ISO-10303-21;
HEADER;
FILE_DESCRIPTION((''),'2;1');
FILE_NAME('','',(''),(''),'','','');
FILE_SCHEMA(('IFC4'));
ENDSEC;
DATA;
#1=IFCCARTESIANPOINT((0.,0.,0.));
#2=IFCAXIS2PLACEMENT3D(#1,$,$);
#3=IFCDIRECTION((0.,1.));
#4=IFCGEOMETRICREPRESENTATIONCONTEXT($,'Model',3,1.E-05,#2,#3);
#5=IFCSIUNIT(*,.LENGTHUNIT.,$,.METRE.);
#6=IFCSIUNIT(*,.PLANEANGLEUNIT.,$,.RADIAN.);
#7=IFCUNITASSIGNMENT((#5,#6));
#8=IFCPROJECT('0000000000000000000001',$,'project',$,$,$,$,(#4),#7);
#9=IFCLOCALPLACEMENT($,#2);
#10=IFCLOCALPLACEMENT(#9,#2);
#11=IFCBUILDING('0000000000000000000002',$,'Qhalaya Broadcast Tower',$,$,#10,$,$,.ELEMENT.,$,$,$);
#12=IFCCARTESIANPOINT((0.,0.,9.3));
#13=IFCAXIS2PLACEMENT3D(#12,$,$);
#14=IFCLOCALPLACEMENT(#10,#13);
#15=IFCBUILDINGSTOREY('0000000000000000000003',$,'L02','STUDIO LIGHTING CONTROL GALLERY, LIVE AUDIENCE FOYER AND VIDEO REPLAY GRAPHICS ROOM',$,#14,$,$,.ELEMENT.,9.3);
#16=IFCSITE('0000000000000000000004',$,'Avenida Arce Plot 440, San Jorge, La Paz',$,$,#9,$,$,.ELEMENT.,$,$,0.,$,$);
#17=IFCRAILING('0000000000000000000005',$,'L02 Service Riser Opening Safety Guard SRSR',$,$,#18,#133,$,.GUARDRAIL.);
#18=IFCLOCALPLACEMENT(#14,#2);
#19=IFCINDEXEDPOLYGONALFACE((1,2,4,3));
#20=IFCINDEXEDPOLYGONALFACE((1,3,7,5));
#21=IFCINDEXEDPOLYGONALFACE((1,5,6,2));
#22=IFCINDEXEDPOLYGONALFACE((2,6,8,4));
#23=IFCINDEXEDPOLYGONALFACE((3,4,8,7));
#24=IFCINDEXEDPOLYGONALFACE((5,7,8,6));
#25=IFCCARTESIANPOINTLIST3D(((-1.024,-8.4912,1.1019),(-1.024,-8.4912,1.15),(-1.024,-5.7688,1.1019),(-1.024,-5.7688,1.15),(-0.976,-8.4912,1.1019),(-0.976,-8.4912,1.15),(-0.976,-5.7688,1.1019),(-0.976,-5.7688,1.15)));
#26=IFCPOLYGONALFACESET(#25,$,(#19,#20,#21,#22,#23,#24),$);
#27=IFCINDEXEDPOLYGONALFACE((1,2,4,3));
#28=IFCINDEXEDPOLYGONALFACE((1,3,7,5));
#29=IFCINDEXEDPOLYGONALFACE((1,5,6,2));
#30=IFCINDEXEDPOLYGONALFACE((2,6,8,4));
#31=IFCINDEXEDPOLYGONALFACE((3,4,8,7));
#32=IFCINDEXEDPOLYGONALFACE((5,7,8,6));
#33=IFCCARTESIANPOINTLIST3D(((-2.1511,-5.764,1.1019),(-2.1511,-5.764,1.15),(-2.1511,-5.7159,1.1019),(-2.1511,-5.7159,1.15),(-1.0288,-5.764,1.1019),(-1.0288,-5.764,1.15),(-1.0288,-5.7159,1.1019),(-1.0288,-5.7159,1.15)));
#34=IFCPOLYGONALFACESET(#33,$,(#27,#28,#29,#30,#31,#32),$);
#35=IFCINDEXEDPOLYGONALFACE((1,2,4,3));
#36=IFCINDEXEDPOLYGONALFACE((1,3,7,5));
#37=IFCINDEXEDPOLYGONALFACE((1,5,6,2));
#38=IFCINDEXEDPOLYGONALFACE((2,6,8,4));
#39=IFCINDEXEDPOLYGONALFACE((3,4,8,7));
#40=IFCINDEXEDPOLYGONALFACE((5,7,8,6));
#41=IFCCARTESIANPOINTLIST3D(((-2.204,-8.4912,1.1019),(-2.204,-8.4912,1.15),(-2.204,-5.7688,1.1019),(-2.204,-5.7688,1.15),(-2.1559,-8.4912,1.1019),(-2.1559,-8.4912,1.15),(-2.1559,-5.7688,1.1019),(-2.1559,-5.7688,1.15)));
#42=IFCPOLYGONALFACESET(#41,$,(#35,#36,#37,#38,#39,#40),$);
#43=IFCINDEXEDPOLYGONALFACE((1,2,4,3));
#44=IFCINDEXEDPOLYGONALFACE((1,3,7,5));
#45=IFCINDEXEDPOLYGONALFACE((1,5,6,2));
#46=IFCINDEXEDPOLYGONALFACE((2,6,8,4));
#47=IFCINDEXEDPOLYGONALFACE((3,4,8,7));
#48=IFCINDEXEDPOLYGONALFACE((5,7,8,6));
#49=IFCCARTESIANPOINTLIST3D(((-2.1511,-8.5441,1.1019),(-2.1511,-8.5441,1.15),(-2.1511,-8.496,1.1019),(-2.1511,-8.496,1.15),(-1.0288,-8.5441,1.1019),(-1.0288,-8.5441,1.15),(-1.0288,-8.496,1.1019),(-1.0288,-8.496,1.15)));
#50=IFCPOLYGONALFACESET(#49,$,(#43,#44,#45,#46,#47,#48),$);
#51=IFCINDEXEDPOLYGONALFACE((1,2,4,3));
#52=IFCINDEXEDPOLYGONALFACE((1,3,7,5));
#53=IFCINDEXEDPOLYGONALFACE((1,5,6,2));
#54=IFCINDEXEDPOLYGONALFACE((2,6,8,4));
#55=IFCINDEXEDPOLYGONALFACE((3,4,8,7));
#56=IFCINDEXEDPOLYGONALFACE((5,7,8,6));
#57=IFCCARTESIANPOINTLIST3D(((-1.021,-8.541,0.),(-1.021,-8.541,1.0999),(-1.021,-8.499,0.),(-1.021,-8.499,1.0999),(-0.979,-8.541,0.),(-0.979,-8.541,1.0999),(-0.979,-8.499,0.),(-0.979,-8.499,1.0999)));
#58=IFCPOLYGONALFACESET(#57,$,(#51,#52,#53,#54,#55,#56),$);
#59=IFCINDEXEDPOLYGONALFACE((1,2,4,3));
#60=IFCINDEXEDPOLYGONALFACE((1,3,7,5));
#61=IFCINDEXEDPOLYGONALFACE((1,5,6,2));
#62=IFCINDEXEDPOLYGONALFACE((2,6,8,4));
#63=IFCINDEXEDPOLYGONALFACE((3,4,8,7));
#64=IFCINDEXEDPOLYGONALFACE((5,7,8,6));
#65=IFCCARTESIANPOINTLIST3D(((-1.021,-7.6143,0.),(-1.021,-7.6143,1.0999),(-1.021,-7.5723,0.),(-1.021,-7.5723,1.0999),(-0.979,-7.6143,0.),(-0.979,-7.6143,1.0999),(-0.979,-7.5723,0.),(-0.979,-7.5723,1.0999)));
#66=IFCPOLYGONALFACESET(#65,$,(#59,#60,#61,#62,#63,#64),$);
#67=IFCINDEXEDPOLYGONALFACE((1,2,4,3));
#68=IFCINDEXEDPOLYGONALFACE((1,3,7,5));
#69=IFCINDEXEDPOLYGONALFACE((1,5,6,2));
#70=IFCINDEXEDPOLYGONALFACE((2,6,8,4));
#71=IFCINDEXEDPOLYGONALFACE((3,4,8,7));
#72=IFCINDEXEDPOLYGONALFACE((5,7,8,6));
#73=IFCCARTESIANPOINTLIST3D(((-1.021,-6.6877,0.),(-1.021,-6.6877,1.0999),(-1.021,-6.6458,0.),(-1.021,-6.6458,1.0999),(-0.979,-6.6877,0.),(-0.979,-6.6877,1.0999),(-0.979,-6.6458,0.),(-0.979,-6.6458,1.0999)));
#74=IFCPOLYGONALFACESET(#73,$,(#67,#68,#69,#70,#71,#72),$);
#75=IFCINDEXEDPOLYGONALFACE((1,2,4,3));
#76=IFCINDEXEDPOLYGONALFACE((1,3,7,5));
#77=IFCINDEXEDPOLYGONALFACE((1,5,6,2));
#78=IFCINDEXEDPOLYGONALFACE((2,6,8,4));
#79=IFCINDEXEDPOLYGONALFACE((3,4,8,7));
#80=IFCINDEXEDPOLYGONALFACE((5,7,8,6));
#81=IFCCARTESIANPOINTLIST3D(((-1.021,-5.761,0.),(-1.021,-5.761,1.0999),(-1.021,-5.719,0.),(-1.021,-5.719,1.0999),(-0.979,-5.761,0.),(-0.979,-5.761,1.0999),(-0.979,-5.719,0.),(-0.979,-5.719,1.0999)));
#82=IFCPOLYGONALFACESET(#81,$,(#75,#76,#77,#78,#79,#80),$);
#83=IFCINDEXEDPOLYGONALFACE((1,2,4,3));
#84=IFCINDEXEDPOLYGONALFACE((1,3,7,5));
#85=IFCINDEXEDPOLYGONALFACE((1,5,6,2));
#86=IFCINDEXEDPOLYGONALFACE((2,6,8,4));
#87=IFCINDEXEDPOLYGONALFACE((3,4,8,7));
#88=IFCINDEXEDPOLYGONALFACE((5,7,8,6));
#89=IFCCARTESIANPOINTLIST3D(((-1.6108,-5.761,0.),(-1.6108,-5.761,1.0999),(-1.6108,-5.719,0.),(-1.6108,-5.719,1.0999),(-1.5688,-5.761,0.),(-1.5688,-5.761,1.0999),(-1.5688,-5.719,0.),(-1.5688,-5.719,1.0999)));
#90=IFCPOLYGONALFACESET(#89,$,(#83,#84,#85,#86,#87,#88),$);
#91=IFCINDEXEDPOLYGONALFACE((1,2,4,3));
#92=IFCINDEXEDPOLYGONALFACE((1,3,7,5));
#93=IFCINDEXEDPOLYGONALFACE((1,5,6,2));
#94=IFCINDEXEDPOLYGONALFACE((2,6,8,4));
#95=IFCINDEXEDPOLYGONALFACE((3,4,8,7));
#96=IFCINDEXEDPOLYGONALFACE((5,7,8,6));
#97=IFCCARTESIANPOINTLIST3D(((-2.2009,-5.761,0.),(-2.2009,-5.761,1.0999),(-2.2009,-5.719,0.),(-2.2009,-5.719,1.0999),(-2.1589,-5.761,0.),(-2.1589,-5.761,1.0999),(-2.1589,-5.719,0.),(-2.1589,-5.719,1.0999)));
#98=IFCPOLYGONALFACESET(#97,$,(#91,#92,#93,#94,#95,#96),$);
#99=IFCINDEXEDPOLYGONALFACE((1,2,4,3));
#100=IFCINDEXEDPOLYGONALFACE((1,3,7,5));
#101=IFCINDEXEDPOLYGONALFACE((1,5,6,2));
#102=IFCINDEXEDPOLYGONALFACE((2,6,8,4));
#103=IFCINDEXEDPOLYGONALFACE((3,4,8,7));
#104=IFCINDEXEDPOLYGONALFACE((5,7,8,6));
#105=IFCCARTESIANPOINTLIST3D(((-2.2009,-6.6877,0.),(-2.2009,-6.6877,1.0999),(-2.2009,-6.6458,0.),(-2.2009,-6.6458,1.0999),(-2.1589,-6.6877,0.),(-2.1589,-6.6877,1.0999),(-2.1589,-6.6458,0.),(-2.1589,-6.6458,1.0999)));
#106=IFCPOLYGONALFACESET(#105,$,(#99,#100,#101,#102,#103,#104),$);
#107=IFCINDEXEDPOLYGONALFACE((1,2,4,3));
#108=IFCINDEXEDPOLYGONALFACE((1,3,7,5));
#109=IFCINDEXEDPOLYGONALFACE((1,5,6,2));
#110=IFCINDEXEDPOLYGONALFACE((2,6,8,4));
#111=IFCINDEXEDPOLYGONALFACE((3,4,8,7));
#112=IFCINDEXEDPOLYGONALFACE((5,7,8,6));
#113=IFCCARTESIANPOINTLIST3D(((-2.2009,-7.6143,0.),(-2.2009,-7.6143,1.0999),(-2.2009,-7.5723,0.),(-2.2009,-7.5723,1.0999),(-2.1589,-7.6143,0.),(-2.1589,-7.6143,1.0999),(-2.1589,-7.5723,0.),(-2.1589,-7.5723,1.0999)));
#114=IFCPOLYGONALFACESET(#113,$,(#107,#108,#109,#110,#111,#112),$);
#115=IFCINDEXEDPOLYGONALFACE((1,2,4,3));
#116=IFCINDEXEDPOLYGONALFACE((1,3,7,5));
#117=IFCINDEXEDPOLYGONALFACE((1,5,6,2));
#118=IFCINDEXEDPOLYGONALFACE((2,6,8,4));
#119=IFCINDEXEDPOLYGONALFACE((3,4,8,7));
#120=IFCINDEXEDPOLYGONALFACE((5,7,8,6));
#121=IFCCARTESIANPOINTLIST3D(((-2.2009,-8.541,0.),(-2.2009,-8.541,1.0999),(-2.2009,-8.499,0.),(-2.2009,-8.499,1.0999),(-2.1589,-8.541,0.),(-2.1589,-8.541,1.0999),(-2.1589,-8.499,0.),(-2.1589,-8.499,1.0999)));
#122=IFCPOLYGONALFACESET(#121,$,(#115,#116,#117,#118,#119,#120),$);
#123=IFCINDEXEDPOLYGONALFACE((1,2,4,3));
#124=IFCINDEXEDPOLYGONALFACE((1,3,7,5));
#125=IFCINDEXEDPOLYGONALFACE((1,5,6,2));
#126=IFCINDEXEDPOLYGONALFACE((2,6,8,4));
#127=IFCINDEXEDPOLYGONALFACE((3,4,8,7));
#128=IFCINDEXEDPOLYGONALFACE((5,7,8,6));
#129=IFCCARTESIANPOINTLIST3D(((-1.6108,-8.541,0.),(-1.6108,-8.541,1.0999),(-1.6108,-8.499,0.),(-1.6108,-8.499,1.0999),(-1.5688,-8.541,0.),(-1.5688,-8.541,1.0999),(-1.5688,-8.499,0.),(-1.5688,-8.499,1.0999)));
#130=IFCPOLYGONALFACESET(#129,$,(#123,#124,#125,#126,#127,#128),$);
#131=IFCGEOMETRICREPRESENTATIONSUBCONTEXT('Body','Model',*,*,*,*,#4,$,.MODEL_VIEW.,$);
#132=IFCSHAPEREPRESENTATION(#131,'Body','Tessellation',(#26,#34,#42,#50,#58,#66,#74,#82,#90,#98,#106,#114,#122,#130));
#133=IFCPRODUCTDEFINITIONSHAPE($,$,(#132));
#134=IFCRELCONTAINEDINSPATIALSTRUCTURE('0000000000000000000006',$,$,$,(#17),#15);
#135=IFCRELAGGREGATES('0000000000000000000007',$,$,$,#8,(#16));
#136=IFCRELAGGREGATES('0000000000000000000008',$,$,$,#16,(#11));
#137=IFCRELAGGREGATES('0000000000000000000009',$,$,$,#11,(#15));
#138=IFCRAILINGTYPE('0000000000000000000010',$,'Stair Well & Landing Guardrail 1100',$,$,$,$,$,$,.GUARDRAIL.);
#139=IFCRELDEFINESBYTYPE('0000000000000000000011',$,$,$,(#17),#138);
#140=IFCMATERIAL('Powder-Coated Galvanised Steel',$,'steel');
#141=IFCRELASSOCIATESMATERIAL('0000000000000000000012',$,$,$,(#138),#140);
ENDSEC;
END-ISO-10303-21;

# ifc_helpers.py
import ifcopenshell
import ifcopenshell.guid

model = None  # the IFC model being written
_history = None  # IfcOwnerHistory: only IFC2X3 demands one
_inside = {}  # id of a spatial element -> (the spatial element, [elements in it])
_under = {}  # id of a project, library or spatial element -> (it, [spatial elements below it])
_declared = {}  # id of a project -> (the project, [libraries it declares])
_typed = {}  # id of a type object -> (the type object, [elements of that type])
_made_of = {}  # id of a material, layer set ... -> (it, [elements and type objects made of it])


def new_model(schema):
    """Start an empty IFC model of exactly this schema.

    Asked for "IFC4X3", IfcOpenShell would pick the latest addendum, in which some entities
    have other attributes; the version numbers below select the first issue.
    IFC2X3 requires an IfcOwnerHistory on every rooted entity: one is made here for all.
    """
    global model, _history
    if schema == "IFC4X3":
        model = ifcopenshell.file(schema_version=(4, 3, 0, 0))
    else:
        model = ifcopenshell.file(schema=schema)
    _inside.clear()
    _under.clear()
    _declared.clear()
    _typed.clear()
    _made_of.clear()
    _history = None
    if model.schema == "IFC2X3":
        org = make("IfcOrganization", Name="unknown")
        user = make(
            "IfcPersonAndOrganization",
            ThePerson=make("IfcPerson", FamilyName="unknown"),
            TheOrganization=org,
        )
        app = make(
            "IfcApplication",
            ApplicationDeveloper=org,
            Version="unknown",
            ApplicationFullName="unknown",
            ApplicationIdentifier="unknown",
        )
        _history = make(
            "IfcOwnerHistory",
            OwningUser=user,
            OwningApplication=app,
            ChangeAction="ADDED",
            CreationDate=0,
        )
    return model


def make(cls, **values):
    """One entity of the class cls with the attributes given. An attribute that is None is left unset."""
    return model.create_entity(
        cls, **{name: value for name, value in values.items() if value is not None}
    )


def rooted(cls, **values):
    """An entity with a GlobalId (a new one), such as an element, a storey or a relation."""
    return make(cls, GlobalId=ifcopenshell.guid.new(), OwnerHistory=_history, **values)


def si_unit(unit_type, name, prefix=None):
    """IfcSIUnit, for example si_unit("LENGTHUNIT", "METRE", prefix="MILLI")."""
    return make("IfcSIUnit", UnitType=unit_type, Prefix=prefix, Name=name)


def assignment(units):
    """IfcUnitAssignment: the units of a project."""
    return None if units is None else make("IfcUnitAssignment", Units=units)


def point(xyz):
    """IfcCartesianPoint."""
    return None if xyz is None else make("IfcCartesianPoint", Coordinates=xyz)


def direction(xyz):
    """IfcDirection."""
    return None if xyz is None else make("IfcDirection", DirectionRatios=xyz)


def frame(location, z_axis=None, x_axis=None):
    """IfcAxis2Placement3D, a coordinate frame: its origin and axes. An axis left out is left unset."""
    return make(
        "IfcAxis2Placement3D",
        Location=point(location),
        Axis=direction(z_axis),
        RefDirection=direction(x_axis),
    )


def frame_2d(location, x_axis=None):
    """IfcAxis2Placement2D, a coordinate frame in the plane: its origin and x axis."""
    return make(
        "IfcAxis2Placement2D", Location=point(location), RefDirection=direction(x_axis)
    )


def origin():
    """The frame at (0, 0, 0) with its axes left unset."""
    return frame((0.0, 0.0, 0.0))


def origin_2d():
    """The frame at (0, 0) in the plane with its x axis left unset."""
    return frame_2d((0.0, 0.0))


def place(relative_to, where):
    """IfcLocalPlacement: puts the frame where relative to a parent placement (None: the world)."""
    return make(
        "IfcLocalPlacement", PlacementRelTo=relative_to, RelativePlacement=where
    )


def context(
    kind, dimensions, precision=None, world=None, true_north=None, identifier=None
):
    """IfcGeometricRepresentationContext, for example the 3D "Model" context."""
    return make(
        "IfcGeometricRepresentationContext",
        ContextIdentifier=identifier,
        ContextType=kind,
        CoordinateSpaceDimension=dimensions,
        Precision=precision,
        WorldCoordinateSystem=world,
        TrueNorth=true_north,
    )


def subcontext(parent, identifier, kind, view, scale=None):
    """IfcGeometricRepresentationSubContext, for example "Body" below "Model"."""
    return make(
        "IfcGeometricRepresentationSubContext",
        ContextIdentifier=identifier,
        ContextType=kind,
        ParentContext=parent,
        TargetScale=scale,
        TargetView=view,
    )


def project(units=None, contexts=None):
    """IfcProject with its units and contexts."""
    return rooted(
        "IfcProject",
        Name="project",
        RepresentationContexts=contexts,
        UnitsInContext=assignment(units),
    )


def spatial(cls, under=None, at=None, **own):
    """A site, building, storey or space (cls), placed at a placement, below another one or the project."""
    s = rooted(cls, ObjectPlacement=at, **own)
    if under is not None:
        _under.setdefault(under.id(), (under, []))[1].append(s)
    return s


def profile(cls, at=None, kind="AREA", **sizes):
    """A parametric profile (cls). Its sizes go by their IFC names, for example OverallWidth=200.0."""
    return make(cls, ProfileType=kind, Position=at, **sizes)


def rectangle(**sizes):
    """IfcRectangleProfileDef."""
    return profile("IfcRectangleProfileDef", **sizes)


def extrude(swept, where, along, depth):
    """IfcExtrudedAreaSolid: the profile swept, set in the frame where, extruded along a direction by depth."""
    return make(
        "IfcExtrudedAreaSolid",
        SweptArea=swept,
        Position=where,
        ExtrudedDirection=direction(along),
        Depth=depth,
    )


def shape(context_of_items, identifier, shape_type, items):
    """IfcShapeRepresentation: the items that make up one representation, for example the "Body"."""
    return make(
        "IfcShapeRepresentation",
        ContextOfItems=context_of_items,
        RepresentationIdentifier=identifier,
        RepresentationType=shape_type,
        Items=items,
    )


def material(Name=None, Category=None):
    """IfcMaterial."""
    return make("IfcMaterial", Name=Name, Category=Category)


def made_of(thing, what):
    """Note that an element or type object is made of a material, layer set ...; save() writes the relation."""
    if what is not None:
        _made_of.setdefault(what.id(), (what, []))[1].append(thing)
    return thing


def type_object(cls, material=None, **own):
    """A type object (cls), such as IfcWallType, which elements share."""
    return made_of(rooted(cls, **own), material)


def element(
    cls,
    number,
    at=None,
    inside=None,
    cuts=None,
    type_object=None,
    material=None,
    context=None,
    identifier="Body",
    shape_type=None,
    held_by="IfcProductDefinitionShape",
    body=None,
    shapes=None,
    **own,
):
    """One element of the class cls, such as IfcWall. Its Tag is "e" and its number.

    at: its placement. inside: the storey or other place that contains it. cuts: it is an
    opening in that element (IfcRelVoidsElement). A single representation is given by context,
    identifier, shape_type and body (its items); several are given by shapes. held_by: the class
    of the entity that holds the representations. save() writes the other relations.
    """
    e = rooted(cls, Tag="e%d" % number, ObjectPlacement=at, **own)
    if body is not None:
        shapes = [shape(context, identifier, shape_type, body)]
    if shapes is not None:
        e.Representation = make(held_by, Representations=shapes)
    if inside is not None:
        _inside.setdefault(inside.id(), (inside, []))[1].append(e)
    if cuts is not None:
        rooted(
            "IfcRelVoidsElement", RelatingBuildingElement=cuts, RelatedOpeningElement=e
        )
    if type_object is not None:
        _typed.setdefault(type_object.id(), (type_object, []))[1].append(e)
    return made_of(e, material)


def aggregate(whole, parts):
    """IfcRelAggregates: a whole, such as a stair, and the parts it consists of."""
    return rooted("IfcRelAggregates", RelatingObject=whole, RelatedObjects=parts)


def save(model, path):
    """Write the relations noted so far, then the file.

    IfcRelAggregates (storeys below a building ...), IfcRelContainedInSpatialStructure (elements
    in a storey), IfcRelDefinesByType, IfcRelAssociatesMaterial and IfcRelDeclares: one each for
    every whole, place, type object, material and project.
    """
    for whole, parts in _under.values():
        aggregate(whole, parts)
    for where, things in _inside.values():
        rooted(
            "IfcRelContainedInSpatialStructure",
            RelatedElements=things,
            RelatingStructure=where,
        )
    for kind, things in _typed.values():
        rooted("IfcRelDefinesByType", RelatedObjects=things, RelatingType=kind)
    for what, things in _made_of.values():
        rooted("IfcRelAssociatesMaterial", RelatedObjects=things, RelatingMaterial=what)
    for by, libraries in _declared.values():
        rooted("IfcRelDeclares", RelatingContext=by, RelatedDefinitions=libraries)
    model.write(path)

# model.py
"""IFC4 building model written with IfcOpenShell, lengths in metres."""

from ifc_helpers import new_model, si_unit, direction, frame, origin, origin_2d, place, context, subcontext, project, spatial, rectangle, extrude, material, type_object, element, save


model = new_model("IFC4")

# Units and contexts
model_context = context("Model", 3, precision=1e-05, world=origin(), true_north=direction((0.0, 1.0)))
body_context = subcontext(model_context, "Body", "Model", "MODEL_VIEW")
ifc_project = project(units=[si_unit("LENGTHUNIT", "METRE"), si_unit("PLANEANGLEUNIT", "RADIAN")], contexts=[model_context])

# Site, building, storey
site_placement = place(None, origin())
site = spatial("IfcSite", under=ifc_project, at=site_placement, Name="Avenida Arce Plot 440, San Jorge, La Paz", CompositionType="ELEMENT", RefElevation=0.0)
building_placement = place(site_placement, origin())
building = spatial("IfcBuilding", under=site, at=building_placement, Name="Qhalaya Broadcast Tower", CompositionType="ELEMENT")
storey_placement = place(building_placement, frame((0.0, 0.0, 9.3)))
storey = spatial("IfcBuildingStorey", under=building, at=storey_placement, Name="L02", Description="STUDIO LIGHTING CONTROL GALLERY, LIVE AUDIENCE FOYER AND VIDEO REPLAY GRAPHICS ROOM", CompositionType="ELEMENT", Elevation=9.3)

# Railing
ifc_material_1 = material(Name="Powder-Coated Galvanised Steel", Category="steel")
railing_type = type_object("IfcRailingType", Name="Stair Well & Landing Guardrail 1100", PredefinedType="GUARDRAIL", material=ifc_material_1)
railing_placement = place(storey_placement, frame((-1.0, -8.52, 0.0)))
element("IfcRailing", 1, at=railing_placement, inside=storey, type_object=railing_type, Name="L02 Service Riser Opening Safety Guard SRSR", PredefinedType="GUARDRAIL", context=body_context, shape_type="SweptSolid", body=[
    extrude(rectangle(XDim=0.0481, YDim=0.0481, at=origin_2d()), frame((0.0, 0.0288, 1.126), z_axis=(0.0, 1.0, 0.0), x_axis=(-1.0, 0.0, 0.0)), (0.0, 0.0, 1.0), 2.7224),
    extrude(rectangle(XDim=0.0481, YDim=0.0481, at=origin_2d()), frame((-0.0288, 2.78, 1.126), z_axis=(-1.0, 0.0, 0.0), x_axis=(0.0, -1.0, 0.0)), (0.0, 0.0, 1.0), 1.1223),
    extrude(rectangle(XDim=0.0481, YDim=0.0481, at=origin_2d()), frame((-1.1799, 2.7512, 1.126), z_axis=(0.0, -1.0, 0.0), x_axis=(1.0, 0.0, 0.0)), (0.0, 0.0, 1.0), 2.7224),
    extrude(rectangle(XDim=0.0481, YDim=0.0481, at=origin_2d()), frame((-1.1511, 0.0, 1.126), z_axis=(1.0, 0.0, 0.0), x_axis=(0.0, 1.0, 0.0)), (0.0, 0.0, 1.0), 1.1223),
    extrude(rectangle(XDim=0.042, YDim=0.042, at=origin_2d()), origin(), (0.0, 0.0, 1.0), 1.0999),
    extrude(rectangle(XDim=0.042, YDim=0.042, at=origin_2d()), frame((0.0, 0.9268, 0.0)), (0.0, 0.0, 1.0), 1.0999),
    extrude(rectangle(XDim=0.042, YDim=0.042, at=origin_2d()), frame((0.0, 1.8533, 0.0)), (0.0, 0.0, 1.0), 1.0999),
    extrude(rectangle(XDim=0.042, YDim=0.042, at=origin_2d()), frame((0.0, 2.78, 0.0)), (0.0, 0.0, 1.0), 1.0999),
    extrude(rectangle(XDim=0.042, YDim=0.042, at=origin_2d()), frame((-0.5898, 2.78, 0.0)), (0.0, 0.0, 1.0), 1.0999),
    extrude(rectangle(XDim=0.042, YDim=0.042, at=origin_2d()), frame((-1.1799, 2.78, 0.0)), (0.0, 0.0, 1.0), 1.0999),
    extrude(rectangle(XDim=0.042, YDim=0.042, at=origin_2d()), frame((-1.1799, 1.8533, 0.0)), (0.0, 0.0, 1.0), 1.0999),
    extrude(rectangle(XDim=0.042, YDim=0.042, at=origin_2d()), frame((-1.1799, 0.9268, 0.0)), (0.0, 0.0, 1.0), 1.0999),
    extrude(rectangle(XDim=0.042, YDim=0.042, at=origin_2d()), frame((-1.1799, 0.0, 0.0)), (0.0, 0.0, 1.0), 1.0999),
    extrude(rectangle(XDim=0.042, YDim=0.042, at=origin_2d()), frame((-0.5898, 0.0, 0.0)), (0.0, 0.0, 1.0), 1.0999),
])

save(model, "model.ifc")
